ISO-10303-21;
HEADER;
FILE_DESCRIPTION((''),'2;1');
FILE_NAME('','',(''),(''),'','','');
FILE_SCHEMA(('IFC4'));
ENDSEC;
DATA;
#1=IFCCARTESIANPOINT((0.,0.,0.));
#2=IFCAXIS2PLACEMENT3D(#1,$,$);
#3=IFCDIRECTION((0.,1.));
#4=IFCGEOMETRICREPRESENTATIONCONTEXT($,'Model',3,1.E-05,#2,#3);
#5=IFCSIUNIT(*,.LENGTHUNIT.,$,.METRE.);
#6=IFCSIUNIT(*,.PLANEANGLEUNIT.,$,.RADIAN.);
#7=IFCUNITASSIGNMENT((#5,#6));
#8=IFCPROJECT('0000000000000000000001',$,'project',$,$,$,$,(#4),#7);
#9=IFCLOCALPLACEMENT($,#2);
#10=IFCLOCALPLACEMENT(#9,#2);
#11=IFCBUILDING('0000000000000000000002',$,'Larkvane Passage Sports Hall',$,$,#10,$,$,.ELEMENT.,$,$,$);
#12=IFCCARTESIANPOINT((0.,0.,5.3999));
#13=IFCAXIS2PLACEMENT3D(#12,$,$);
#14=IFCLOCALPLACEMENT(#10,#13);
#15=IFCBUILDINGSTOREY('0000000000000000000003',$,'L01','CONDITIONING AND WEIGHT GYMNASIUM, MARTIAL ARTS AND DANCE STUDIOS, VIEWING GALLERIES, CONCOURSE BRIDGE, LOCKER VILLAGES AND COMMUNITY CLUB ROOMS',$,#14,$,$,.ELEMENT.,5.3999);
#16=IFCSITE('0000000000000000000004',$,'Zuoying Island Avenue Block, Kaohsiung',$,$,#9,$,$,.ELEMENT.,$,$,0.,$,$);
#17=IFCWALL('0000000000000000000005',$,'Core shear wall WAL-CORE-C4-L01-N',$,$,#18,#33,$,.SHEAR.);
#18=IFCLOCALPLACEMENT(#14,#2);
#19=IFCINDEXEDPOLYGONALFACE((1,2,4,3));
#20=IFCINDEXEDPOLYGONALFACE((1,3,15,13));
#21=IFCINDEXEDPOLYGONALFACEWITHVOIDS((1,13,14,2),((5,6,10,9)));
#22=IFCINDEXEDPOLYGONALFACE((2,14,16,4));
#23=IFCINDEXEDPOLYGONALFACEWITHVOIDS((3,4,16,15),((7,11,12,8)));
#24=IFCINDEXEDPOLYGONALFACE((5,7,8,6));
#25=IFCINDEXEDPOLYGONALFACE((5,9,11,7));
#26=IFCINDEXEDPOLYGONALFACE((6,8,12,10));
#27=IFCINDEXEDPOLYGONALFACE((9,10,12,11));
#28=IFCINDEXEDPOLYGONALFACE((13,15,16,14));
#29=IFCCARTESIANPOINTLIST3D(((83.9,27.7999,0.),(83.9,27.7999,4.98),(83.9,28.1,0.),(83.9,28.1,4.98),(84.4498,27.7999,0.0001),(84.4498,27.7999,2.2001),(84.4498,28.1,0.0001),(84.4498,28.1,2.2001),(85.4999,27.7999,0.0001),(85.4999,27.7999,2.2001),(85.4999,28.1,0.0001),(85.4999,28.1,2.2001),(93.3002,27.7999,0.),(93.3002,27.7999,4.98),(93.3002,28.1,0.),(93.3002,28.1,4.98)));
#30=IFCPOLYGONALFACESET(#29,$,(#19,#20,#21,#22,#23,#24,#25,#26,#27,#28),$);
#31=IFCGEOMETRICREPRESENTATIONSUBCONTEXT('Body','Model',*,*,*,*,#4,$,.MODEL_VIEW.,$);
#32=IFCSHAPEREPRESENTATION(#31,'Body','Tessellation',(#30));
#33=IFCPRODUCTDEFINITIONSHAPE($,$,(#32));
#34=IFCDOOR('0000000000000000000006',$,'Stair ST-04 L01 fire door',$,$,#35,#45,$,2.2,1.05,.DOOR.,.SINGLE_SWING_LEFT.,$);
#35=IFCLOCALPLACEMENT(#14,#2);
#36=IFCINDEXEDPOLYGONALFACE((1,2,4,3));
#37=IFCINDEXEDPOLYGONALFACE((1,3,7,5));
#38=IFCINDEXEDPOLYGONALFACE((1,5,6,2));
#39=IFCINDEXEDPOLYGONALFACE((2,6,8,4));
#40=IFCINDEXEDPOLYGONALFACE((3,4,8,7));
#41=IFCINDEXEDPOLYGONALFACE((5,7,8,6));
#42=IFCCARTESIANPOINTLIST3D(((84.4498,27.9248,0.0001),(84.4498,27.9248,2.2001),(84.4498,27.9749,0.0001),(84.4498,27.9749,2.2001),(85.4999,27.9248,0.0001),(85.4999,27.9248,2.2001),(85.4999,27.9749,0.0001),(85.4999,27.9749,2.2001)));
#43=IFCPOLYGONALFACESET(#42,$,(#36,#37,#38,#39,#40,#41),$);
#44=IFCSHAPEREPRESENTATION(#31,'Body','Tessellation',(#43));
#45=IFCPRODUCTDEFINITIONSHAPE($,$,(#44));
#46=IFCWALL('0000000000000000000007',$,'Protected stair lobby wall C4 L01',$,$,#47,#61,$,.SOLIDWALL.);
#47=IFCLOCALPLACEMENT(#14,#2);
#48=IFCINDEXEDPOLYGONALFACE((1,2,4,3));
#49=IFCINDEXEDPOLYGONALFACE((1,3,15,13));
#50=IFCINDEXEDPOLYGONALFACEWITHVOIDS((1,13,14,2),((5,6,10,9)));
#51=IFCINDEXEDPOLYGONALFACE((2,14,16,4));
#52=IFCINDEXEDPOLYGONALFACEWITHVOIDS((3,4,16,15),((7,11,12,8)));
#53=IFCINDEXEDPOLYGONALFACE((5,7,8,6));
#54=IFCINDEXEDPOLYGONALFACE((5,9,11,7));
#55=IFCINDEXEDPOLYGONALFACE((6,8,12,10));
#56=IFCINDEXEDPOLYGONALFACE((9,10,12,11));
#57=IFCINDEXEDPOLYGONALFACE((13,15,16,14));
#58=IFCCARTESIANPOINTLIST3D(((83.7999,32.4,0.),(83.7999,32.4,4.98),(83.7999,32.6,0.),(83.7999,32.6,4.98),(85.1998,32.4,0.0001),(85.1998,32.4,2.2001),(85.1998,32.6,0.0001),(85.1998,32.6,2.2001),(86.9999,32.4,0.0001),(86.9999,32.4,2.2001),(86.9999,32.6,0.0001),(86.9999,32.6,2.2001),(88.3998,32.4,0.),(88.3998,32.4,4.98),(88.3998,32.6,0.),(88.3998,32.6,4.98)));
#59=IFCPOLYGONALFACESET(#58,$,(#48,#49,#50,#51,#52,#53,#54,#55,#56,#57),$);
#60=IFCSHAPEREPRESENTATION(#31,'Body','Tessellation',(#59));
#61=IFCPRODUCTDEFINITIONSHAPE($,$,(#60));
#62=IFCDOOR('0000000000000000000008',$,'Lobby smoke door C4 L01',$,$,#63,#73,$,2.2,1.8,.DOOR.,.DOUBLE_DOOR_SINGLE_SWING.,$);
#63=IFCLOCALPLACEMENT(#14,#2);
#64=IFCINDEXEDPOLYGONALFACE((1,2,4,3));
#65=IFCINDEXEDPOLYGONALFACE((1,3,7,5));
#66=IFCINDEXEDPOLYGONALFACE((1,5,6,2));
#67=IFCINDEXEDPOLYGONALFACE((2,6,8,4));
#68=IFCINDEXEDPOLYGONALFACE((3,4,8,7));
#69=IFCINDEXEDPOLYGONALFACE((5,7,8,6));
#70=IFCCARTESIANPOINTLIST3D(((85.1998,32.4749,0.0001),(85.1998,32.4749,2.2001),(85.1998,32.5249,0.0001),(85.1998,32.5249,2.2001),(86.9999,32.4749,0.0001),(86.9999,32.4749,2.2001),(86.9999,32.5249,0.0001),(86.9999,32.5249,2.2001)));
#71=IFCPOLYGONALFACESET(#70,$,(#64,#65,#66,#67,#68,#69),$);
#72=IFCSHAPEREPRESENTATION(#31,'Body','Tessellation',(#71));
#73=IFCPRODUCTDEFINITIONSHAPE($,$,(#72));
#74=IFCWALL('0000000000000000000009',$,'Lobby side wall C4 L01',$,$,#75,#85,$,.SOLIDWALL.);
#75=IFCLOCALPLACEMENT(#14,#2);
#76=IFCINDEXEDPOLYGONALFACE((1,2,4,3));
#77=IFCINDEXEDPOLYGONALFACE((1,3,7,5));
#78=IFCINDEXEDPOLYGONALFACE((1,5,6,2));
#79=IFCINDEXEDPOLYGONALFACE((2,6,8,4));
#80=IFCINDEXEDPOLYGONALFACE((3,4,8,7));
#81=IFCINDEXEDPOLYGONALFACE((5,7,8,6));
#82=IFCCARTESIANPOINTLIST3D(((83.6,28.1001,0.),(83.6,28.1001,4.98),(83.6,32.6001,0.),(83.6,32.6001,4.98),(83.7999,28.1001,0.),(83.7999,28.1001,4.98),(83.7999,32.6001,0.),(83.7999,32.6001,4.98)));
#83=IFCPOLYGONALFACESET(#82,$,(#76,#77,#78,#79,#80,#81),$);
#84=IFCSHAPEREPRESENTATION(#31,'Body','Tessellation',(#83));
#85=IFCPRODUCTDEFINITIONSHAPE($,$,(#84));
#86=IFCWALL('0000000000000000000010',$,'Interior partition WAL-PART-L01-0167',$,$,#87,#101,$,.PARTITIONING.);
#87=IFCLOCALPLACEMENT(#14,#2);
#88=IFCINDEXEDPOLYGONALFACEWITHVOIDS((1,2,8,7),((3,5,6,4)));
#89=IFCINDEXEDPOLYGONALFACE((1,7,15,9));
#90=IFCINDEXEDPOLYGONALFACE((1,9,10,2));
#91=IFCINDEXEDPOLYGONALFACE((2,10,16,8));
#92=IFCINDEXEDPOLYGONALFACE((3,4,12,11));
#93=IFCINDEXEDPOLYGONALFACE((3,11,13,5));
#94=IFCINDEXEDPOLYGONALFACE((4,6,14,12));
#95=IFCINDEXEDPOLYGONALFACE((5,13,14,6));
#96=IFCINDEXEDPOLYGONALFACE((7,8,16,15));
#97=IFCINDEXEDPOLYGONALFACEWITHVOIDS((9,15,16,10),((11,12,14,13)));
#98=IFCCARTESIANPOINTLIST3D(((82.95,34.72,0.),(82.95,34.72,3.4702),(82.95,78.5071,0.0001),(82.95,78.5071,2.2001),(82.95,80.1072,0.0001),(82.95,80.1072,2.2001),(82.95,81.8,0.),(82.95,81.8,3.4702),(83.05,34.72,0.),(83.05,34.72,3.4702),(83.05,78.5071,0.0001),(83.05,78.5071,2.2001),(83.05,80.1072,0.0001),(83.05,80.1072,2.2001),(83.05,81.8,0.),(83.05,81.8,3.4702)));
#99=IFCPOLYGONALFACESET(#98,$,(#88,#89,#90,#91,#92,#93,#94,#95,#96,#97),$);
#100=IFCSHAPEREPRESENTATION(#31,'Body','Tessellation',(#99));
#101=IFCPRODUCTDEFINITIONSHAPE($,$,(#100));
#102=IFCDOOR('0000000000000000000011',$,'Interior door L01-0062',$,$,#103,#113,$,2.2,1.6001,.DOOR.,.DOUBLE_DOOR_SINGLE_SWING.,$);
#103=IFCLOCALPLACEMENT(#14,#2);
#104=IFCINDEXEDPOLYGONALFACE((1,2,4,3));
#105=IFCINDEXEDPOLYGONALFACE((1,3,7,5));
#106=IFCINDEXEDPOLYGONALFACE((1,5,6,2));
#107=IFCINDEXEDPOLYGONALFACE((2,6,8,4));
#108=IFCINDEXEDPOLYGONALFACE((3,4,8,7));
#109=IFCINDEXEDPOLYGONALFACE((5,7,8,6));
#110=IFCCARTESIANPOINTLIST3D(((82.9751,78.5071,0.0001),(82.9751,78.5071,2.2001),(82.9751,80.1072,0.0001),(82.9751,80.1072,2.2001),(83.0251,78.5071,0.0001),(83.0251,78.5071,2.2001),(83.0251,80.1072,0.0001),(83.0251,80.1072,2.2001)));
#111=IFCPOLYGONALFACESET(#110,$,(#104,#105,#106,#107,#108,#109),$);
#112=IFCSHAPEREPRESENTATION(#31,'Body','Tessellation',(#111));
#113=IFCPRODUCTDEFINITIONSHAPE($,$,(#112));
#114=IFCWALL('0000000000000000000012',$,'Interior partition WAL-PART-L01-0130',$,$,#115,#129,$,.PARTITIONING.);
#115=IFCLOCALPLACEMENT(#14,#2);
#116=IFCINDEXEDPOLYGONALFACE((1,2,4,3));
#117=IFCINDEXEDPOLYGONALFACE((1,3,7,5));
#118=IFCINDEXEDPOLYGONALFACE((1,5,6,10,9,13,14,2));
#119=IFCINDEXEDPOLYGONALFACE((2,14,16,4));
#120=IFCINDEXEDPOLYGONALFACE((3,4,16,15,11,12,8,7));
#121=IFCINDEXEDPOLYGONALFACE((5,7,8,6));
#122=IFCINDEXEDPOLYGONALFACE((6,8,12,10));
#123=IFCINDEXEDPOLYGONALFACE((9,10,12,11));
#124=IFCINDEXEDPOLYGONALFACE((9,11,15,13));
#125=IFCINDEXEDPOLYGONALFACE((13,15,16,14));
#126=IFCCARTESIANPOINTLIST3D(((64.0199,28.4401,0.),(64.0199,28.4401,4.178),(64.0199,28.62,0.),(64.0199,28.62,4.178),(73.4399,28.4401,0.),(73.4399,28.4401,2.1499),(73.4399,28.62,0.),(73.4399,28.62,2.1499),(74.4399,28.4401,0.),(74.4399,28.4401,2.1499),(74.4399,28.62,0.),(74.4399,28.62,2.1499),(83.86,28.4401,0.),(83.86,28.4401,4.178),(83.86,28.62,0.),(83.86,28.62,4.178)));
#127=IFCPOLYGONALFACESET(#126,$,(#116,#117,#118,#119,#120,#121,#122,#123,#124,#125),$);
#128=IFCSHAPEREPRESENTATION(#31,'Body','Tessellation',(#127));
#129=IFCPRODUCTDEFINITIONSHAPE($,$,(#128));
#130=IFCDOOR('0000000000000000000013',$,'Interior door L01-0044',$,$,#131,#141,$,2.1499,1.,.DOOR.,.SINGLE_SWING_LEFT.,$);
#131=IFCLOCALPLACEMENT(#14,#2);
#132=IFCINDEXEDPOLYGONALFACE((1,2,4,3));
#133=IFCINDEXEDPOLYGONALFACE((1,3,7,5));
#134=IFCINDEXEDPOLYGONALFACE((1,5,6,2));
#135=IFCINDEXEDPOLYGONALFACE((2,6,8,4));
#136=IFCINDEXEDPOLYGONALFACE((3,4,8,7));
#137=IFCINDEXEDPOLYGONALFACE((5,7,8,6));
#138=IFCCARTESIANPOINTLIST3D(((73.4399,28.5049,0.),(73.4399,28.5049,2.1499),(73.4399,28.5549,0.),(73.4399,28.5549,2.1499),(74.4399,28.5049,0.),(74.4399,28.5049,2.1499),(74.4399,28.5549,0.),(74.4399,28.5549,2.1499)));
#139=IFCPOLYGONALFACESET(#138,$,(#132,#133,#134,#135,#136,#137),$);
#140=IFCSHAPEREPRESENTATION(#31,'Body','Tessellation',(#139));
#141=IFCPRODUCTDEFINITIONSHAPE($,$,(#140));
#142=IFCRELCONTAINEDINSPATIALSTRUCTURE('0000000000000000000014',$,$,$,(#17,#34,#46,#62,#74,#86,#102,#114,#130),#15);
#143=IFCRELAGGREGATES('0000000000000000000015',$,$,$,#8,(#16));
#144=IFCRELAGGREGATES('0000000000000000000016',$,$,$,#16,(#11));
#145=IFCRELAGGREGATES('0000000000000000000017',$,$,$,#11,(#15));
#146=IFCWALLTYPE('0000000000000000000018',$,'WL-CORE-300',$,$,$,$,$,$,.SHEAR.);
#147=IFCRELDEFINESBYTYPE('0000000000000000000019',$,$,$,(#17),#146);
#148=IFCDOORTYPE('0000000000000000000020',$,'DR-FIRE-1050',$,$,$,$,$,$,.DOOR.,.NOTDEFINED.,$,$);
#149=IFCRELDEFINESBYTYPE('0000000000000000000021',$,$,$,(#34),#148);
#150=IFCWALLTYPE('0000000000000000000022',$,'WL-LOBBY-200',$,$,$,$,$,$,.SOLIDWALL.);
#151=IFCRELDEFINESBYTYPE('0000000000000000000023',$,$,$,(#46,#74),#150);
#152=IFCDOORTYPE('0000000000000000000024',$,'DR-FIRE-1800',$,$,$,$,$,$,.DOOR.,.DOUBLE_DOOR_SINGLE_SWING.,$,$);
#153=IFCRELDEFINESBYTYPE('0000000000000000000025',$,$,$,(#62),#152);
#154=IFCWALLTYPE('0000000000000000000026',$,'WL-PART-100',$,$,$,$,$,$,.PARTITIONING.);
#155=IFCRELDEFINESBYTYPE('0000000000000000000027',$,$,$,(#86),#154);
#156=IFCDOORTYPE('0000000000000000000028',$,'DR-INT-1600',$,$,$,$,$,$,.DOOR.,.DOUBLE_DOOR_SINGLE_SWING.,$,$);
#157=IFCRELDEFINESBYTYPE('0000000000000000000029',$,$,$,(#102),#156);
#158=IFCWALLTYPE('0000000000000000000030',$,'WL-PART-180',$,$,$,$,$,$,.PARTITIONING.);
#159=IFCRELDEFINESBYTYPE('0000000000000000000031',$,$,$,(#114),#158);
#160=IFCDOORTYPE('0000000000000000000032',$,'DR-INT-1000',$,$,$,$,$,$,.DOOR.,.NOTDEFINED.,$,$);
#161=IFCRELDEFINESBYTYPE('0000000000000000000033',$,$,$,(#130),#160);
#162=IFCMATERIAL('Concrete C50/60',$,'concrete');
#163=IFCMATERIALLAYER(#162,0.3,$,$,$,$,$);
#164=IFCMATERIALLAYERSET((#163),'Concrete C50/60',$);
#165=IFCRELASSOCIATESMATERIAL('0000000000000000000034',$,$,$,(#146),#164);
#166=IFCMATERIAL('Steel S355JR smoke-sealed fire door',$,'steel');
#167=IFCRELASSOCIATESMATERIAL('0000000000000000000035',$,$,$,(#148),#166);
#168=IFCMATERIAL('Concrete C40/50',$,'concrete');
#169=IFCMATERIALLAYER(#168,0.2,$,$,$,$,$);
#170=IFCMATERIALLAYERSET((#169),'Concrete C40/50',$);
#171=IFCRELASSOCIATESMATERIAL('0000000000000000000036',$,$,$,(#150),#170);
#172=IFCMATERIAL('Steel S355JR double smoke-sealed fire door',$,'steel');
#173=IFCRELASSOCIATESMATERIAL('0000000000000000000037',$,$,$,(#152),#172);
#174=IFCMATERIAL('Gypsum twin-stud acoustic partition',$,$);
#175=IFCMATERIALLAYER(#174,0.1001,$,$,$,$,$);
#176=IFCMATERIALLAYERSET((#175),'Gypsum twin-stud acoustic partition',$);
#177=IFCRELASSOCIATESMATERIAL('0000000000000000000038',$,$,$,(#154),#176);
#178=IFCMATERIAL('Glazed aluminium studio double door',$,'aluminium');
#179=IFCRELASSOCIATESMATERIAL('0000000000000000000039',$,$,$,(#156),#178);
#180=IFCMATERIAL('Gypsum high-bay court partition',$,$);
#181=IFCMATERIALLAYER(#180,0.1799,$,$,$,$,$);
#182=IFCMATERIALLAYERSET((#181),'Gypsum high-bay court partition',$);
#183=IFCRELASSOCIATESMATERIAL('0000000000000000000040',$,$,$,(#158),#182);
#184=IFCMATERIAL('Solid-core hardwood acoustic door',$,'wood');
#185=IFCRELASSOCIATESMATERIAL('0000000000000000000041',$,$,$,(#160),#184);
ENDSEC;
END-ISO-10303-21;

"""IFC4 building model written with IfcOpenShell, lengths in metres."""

from ifc_helpers import new_model, si_unit, direction, frame, frame_2d, origin, place, context, subcontext, project, spatial, rectangle, extrude, material, layer, layer_set, type_object, element, fill, save


model = new_model("IFC4")

# Units and contexts
model_context = context("Model", 3, precision=1e-05, world=origin(), true_north=direction((0.0, 1.0)))
body_context = subcontext(model_context, "Body", "Model", "MODEL_VIEW")
ifc_project = project(units=[si_unit("LENGTHUNIT", "METRE"), si_unit("PLANEANGLEUNIT", "RADIAN")], contexts=[model_context])

# Site, building, storey
site_placement = place(None, origin())
site = spatial("IfcSite", under=ifc_project, at=site_placement, Name="Zuoying Island Avenue Block, Kaohsiung", CompositionType="ELEMENT", RefElevation=0.0)
building_placement = place(site_placement, origin())
building = spatial("IfcBuilding", under=site, at=building_placement, Name="Larkvane Passage Sports Hall", CompositionType="ELEMENT")
storey_placement = place(building_placement, frame((0.0, 0.0, 5.3999)))
storey = spatial("IfcBuildingStorey", under=building, at=storey_placement, Name="L01", Description="CONDITIONING AND WEIGHT GYMNASIUM, MARTIAL ARTS AND DANCE STUDIOS, VIEWING GALLERIES, CONCOURSE BRIDGE, LOCKER VILLAGES AND COMMUNITY CLUB ROOMS", CompositionType="ELEMENT", Elevation=5.3999)

# Shared definitions
ifc_material_1 = material(Name="Concrete C40/50", Category="concrete")
ifc_material_2 = material(Name="Concrete C50/60", Category="concrete")

# Walls, openings, doors
ifc_layer_1 = layer(ifc_material_2, 0.3)
ifc_layer_set_1 = layer_set([ifc_layer_1], Name="Concrete C50/60")
wall_type_1 = type_object("IfcWallType", Name="WL-CORE-300", PredefinedType="SHEAR", material=ifc_layer_set_1)
wall_1_placement = place(storey_placement, frame((83.8999, 27.95, 0.0), z_axis=(0.0, 0.0, 1.0), x_axis=(1.0, 0.0, 0.0)))
wall_1 = element("IfcWall", 1, at=wall_1_placement, inside=storey, type_object=wall_type_1, Name="Core shear wall WAL-CORE-C4-L01-N", PredefinedType="SHEAR", context=body_context, shape_type="SweptSolid", body=[
    extrude(rectangle(XDim=9.4001, YDim=0.3, at=frame_2d((4.7002, 0.0))), origin(), (0.0, 0.0, 1.0), 4.98),
])
opening_1_placement = place(wall_1_placement, frame((0.55, 0.0, 0.0)))
opening_1 = element("IfcOpeningElement", 2, at=opening_1_placement, cuts=wall_1, PredefinedType="OPENING", context=body_context, shape_type="SweptSolid", body=[
    extrude(rectangle(XDim=1.05, YDim=2.2, at=frame_2d((0.5249, 1.1001))), frame((0.0, 0.1599, 0.0), z_axis=(0.0, -1.0, 0.0), x_axis=(1.0, 0.0, 0.0)), (0.0, 0.0, 1.0), 0.3201),
])
ifc_material_3 = material(Name="Steel S355JR smoke-sealed fire door", Category="steel")
door_type_1 = type_object("IfcDoorType", Name="DR-FIRE-1050", OperationType="NOTDEFINED", PredefinedType="DOOR", material=ifc_material_3)
door_1_placement = place(opening_1_placement, origin())
door_1 = element("IfcDoor", 3, at=door_1_placement, inside=storey, type_object=door_type_1, Name="Stair ST-04 L01 fire door", OperationType="SINGLE_SWING_LEFT", OverallHeight=2.2, OverallWidth=1.05, PredefinedType="DOOR", context=body_context, shape_type="SweptSolid", body=[
    extrude(rectangle(XDim=1.05, YDim=2.2, at=frame_2d((0.5249, 1.1001))), frame((0.0, 0.0249, 0.0), z_axis=(0.0, -1.0, 0.0), x_axis=(1.0, 0.0, 0.0)), (0.0, 0.0, 1.0), 0.05),
])
fill(opening_1, door_1)
ifc_layer_2 = layer(ifc_material_1, 0.2)
ifc_layer_set_2 = layer_set([ifc_layer_2], Name="Concrete C40/50")
wall_type_2 = type_object("IfcWallType", Name="WL-LOBBY-200", PredefinedType="SOLIDWALL", material=ifc_layer_set_2)
wall_2_placement = place(storey_placement, frame((83.8, 32.5, 0.0), z_axis=(0.0, 0.0, 1.0), x_axis=(1.0, 0.0, 0.0)))
wall_2 = element("IfcWall", 4, at=wall_2_placement, inside=storey, type_object=wall_type_2, Name="Protected stair lobby wall C4 L01", PredefinedType="SOLIDWALL", context=body_context, shape_type="SweptSolid", body=[
    extrude(rectangle(XDim=4.5999, YDim=0.2, at=frame_2d((2.2998, 0.0))), origin(), (0.0, 0.0, 1.0), 4.98),
])
opening_2_placement = place(wall_2_placement, frame((1.3999, 0.0, 0.0)))
opening_2 = element("IfcOpeningElement", 5, at=opening_2_placement, cuts=wall_2, PredefinedType="OPENING", context=body_context, shape_type="SweptSolid", body=[
    extrude(rectangle(XDim=1.8, YDim=2.2, at=frame_2d((0.8999, 1.1001))), frame((0.0, 0.1099, 0.0), z_axis=(0.0, -1.0, 0.0), x_axis=(1.0, 0.0, 0.0)), (0.0, 0.0, 1.0), 0.22),
])
ifc_material_4 = material(Name="Steel S355JR double smoke-sealed fire door", Category="steel")
door_type_2 = type_object("IfcDoorType", Name="DR-FIRE-1800", OperationType="DOUBLE_DOOR_SINGLE_SWING", PredefinedType="DOOR", material=ifc_material_4)
door_2_placement = place(opening_2_placement, origin())
door_2 = element("IfcDoor", 6, at=door_2_placement, inside=storey, type_object=door_type_2, Name="Lobby smoke door C4 L01", OperationType="DOUBLE_DOOR_SINGLE_SWING", OverallHeight=2.2, OverallWidth=1.8, PredefinedType="DOOR", context=body_context, shape_type="SweptSolid", body=[
    extrude(rectangle(XDim=1.8, YDim=2.2, at=frame_2d((0.8999, 1.1001))), frame((0.0, 0.0249, 0.0), z_axis=(0.0, -1.0, 0.0), x_axis=(1.0, 0.0, 0.0)), (0.0, 0.0, 1.0), 0.05),
])
fill(opening_2, door_2)

# Wall
wall_3_placement = place(storey_placement, frame((83.7, 28.1001, 0.0), z_axis=(0.0, 0.0, 1.0), x_axis=(0.0, 1.0, 0.0)))
element("IfcWall", 7, at=wall_3_placement, inside=storey, type_object=wall_type_2, Name="Lobby side wall C4 L01", PredefinedType="SOLIDWALL", context=body_context, shape_type="SweptSolid", body=[
    extrude(rectangle(XDim=4.5, YDim=0.2, at=frame_2d((2.25, 0.0))), origin(), (0.0, 0.0, 1.0), 4.98),
])

# Walls, openings, doors
ifc_material_5 = material(Name="Gypsum twin-stud acoustic partition")
ifc_layer_3 = layer(ifc_material_5, 0.1001)
ifc_layer_set_3 = layer_set([ifc_layer_3], Name="Gypsum twin-stud acoustic partition")
wall_type_3 = type_object("IfcWallType", Name="WL-PART-100", PredefinedType="PARTITIONING", material=ifc_layer_set_3)
wall_4_placement = place(storey_placement, frame((83.0, 34.72, 0.0), z_axis=(0.0, 0.0, 1.0), x_axis=(0.0, 1.0, 0.0)))
wall_4 = element("IfcWall", 8, at=wall_4_placement, inside=storey, type_object=wall_type_3, Name="Interior partition WAL-PART-L01-0167", PredefinedType="PARTITIONING", context=body_context, shape_type="SweptSolid", body=[
    extrude(rectangle(XDim=47.0801, YDim=0.1001, at=frame_2d((23.54, 0.0))), origin(), (0.0, 0.0, 1.0), 3.4702),
])
opening_3_placement = place(wall_4_placement, frame((43.7871, 0.0, 0.0)))
opening_3 = element("IfcOpeningElement", 9, at=opening_3_placement, cuts=wall_4, PredefinedType="OPENING", context=body_context, shape_type="SweptSolid", body=[
    extrude(rectangle(XDim=1.6001, YDim=2.2, at=frame_2d((0.8, 1.1001))), frame((0.0, 0.0601, 0.0), z_axis=(0.0, -1.0, 0.0), x_axis=(1.0, 0.0, 0.0)), (0.0, 0.0, 1.0), 0.1201),
])
ifc_material_6 = material(Name="Glazed aluminium studio double door", Category="aluminium")
door_type_3 = type_object("IfcDoorType", Name="DR-INT-1600", OperationType="DOUBLE_DOOR_SINGLE_SWING", PredefinedType="DOOR", material=ifc_material_6)
door_3_placement = place(opening_3_placement, origin())
door_3 = element("IfcDoor", 10, at=door_3_placement, inside=storey, type_object=door_type_3, Name="Interior door L01-0062", OperationType="DOUBLE_DOOR_SINGLE_SWING", OverallHeight=2.2, OverallWidth=1.6001, PredefinedType="DOOR", context=body_context, shape_type="SweptSolid", body=[
    extrude(rectangle(XDim=1.6001, YDim=2.2, at=frame_2d((0.8, 1.1001))), frame((0.0, 0.0249, 0.0), z_axis=(0.0, -1.0, 0.0), x_axis=(1.0, 0.0, 0.0)), (0.0, 0.0, 1.0), 0.05),
])
fill(opening_3, door_3)
ifc_material_7 = material(Name="Gypsum high-bay court partition")
ifc_layer_4 = layer(ifc_material_7, 0.1799)
ifc_layer_set_4 = layer_set([ifc_layer_4], Name="Gypsum high-bay court partition")
wall_type_4 = type_object("IfcWallType", Name="WL-PART-180", PredefinedType="PARTITIONING", material=ifc_layer_set_4)
wall_5_placement = place(storey_placement, frame((64.02, 28.53, 0.0), z_axis=(0.0, 0.0, 1.0), x_axis=(1.0, 0.0, 0.0)))
wall_5 = element("IfcWall", 11, at=wall_5_placement, inside=storey, type_object=wall_type_4, Name="Interior partition WAL-PART-L01-0130", PredefinedType="PARTITIONING", context=body_context, shape_type="SweptSolid", body=[
    extrude(rectangle(XDim=19.8401, YDim=0.1799, at=frame_2d((9.9199, 0.0))), origin(), (0.0, 0.0, 1.0), 4.178),
])
opening_4_placement = place(wall_5_placement, frame((9.4199, 0.0, 0.0)))
opening_4 = element("IfcOpeningElement", 12, at=opening_4_placement, cuts=wall_5, PredefinedType="OPENING", context=body_context, shape_type="SweptSolid", body=[
    extrude(rectangle(XDim=1.0, YDim=2.1499, at=frame_2d((0.5, 1.075))), frame((0.0, 0.0999, 0.0), z_axis=(0.0, -1.0, 0.0), x_axis=(1.0, 0.0, 0.0)), (0.0, 0.0, 1.0), 0.2),
])
ifc_material_8 = material(Name="Solid-core hardwood acoustic door", Category="wood")
door_type_4 = type_object("IfcDoorType", Name="DR-INT-1000", OperationType="NOTDEFINED", PredefinedType="DOOR", material=ifc_material_8)
door_4_placement = place(opening_4_placement, origin())
door_4 = element("IfcDoor", 13, at=door_4_placement, inside=storey, type_object=door_type_4, Name="Interior door L01-0044", OperationType="SINGLE_SWING_LEFT", OverallHeight=2.1499, OverallWidth=1.0, PredefinedType="DOOR", context=body_context, shape_type="SweptSolid", body=[
    extrude(rectangle(XDim=1.0, YDim=2.1499, at=frame_2d((0.5, 1.075))), frame((0.0, 0.0249, 0.0), z_axis=(0.0, -1.0, 0.0), x_axis=(1.0, 0.0, 0.0)), (0.0, 0.0, 1.0), 0.05),
])
fill(opening_4, door_4)

save(model, "model.ifc")
